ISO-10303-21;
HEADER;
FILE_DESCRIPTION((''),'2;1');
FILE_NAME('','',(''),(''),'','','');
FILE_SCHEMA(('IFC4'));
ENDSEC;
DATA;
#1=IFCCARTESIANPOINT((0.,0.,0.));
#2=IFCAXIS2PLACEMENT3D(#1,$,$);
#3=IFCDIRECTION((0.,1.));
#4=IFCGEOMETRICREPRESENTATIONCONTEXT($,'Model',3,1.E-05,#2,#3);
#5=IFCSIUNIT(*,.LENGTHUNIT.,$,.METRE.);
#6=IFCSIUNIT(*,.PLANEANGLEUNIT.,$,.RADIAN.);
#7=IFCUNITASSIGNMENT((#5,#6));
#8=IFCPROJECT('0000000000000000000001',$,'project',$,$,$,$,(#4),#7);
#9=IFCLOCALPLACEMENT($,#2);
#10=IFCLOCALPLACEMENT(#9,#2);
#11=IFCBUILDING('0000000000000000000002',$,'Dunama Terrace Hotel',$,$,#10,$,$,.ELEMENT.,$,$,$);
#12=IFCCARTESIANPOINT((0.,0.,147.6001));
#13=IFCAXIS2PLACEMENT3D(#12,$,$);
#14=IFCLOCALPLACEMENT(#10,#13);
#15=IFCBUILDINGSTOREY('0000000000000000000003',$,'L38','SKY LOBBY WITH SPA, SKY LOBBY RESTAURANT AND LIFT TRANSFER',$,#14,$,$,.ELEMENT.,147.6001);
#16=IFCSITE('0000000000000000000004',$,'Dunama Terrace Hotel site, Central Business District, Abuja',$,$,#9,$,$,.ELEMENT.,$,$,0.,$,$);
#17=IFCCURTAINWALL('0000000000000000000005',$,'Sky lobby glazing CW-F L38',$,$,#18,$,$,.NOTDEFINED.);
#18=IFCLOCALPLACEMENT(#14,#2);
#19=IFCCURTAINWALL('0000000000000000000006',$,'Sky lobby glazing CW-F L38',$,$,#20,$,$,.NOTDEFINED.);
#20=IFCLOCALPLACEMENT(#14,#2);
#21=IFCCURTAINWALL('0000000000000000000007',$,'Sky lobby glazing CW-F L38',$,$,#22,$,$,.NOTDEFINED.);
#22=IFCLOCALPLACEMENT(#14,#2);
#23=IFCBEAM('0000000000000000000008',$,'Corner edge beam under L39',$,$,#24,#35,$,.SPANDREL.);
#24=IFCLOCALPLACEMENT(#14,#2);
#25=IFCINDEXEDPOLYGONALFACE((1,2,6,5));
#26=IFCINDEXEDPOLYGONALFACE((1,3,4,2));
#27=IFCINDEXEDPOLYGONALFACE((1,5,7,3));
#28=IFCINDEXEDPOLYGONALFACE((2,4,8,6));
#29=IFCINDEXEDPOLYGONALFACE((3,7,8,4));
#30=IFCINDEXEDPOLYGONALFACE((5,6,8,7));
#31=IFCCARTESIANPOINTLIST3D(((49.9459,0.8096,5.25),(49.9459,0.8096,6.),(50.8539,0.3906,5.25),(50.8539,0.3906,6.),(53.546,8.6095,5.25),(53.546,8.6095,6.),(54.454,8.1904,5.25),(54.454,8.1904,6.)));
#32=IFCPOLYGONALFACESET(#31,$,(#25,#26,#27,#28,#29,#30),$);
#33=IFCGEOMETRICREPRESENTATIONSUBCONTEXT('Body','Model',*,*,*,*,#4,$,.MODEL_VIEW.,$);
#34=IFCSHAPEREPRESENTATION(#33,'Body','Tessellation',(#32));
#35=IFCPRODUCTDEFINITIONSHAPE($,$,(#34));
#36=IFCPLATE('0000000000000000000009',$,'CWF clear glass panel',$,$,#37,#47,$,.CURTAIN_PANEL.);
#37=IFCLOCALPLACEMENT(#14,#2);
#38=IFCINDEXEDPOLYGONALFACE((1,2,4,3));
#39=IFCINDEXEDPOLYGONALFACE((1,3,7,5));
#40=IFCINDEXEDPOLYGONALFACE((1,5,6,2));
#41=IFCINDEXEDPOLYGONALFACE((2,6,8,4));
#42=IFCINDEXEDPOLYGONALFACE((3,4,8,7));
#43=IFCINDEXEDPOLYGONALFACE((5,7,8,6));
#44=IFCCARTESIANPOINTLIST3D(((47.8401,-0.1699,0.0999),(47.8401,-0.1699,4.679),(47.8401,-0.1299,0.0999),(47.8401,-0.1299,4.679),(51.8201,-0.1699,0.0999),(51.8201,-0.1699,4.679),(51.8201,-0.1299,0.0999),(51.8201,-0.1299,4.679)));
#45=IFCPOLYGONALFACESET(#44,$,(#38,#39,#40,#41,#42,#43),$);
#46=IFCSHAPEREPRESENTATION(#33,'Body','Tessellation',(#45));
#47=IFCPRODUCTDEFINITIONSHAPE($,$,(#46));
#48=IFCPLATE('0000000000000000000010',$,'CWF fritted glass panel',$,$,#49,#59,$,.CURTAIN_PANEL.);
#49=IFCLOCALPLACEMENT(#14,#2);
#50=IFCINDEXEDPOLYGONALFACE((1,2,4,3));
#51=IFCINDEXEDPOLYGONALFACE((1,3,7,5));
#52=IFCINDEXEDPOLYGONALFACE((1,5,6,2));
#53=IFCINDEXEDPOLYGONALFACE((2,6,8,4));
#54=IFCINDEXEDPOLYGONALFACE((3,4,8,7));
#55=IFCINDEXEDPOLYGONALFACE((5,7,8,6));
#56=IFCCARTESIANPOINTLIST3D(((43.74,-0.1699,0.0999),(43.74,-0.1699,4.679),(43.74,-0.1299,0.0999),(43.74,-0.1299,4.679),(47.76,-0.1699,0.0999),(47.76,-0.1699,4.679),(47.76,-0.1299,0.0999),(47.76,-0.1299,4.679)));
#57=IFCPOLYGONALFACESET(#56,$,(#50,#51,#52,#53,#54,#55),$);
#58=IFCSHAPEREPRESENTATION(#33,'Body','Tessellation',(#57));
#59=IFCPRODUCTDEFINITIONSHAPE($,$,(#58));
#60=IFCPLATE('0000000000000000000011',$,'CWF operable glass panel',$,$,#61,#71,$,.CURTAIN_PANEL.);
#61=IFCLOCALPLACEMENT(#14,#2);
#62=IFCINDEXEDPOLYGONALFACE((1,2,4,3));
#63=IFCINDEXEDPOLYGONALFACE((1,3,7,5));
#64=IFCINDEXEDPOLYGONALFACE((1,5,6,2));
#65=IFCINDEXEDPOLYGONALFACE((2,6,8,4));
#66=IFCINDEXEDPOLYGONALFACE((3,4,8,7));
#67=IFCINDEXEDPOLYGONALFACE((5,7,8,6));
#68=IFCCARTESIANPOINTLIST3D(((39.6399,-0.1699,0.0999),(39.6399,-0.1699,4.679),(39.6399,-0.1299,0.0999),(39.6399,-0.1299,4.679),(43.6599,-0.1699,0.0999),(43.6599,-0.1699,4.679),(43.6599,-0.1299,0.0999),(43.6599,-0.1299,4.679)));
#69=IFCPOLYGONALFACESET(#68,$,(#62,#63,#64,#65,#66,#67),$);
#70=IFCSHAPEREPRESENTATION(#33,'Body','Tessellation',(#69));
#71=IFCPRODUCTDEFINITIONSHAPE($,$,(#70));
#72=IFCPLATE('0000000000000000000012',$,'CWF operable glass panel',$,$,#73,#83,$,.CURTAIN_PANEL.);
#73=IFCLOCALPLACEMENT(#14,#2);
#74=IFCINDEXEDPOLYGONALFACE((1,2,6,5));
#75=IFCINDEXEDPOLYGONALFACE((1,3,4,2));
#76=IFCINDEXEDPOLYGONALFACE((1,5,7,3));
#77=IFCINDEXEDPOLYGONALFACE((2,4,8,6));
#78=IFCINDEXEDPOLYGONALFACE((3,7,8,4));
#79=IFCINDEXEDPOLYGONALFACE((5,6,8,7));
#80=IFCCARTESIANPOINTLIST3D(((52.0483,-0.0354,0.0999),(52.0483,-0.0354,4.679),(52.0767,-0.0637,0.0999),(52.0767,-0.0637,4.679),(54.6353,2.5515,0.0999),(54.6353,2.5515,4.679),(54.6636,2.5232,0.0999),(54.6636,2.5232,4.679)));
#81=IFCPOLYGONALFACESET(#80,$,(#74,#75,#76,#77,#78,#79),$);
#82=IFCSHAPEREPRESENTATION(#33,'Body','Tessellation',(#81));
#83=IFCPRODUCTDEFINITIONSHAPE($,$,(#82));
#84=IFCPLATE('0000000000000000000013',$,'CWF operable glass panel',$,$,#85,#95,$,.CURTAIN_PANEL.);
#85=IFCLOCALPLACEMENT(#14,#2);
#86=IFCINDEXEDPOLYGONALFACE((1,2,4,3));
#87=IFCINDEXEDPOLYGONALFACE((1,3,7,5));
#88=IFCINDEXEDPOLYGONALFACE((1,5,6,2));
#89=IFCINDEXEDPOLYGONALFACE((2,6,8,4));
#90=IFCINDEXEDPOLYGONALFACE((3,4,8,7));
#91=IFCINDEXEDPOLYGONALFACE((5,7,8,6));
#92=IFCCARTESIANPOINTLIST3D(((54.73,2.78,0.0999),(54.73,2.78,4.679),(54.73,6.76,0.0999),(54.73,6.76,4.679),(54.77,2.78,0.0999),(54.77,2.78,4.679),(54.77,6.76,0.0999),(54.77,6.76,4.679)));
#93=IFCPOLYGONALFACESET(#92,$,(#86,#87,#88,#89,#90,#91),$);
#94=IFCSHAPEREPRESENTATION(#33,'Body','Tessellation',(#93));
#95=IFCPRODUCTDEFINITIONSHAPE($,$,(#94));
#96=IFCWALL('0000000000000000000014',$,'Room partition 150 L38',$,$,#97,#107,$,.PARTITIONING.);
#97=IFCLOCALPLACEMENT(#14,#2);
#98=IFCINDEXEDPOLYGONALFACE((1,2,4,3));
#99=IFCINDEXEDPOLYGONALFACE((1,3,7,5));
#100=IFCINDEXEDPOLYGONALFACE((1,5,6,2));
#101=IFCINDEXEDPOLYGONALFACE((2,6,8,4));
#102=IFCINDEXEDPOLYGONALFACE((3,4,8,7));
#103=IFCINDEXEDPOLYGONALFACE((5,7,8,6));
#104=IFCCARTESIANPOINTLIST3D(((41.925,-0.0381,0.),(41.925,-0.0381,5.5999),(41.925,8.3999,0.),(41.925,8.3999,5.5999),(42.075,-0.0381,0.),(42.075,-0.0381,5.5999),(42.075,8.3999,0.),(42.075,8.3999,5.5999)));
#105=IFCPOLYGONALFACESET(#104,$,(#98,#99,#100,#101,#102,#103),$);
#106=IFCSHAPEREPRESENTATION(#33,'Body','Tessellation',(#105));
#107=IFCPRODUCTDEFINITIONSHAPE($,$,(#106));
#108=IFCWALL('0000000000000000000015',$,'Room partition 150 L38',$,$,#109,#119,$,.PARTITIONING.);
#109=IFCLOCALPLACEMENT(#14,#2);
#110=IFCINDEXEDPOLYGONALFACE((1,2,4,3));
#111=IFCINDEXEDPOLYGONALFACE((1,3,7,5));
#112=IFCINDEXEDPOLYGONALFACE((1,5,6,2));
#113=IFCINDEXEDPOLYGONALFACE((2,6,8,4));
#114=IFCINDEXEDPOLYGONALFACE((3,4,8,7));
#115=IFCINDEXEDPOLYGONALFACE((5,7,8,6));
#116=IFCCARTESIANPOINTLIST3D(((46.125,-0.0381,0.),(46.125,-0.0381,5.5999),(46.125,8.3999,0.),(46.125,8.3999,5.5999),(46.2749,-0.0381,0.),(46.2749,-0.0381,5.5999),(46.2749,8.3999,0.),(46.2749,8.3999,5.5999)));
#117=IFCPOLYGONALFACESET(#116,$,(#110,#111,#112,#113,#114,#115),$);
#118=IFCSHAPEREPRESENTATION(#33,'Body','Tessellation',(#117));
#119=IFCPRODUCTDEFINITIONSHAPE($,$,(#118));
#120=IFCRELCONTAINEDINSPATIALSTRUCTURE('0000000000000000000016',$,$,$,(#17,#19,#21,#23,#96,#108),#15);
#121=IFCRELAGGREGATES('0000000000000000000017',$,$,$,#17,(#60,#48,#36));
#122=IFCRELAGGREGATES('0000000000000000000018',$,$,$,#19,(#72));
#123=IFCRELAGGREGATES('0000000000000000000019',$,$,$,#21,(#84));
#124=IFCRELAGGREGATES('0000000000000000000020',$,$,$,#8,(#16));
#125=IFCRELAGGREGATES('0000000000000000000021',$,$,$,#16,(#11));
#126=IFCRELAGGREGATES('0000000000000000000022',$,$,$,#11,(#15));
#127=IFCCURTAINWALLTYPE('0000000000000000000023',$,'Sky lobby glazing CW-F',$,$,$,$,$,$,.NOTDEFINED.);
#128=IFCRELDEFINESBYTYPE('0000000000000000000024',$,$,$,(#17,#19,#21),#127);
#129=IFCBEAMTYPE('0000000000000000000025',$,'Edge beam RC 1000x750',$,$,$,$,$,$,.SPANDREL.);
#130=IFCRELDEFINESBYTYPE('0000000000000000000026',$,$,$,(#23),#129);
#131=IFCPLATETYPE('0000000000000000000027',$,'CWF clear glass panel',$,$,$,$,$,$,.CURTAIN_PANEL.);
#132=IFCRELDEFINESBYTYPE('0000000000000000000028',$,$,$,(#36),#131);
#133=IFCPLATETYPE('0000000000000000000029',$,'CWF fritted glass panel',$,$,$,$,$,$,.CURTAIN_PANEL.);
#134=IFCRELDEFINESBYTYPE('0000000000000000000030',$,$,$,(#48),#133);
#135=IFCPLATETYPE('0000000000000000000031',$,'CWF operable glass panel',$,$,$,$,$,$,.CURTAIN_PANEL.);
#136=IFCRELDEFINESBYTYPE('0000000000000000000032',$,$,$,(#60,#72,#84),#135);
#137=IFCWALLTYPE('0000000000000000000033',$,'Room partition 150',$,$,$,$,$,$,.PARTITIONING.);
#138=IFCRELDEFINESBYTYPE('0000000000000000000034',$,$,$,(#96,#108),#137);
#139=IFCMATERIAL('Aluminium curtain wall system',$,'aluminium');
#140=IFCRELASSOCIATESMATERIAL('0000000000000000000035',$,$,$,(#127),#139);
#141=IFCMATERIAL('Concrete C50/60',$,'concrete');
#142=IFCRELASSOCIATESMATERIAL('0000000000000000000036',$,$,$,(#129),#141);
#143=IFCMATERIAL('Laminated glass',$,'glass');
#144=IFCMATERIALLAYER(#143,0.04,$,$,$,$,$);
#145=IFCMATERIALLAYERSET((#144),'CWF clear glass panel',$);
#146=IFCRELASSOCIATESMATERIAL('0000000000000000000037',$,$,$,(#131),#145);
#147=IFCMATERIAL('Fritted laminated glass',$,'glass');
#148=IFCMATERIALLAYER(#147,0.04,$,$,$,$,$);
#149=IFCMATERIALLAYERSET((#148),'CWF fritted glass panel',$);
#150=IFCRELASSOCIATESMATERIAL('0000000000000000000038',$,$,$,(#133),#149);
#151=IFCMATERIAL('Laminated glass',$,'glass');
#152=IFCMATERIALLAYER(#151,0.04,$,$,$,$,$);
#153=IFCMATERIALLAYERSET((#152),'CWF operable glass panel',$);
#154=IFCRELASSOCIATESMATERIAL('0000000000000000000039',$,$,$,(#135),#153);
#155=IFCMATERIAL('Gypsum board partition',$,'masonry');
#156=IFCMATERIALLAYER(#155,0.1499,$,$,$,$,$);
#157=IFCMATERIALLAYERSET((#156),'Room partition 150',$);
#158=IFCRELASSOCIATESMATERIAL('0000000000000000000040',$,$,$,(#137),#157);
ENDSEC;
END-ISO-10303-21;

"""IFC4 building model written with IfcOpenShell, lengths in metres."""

from ifc_helpers import new_model, si_unit, direction, frame, frame_2d, origin, origin_2d, place, context, subcontext, project, spatial, rectangle, extrude, material, layer, layer_set, material_profile, profile_set, type_object, element, aggregate, save


model = new_model("IFC4")

# Units and contexts
model_context = context("Model", 3, precision=1e-05, world=origin(), true_north=direction((0.0, 1.0)))
body_context = subcontext(model_context, "Body", "Model", "MODEL_VIEW")
ifc_project = project(units=[si_unit("LENGTHUNIT", "METRE"), si_unit("PLANEANGLEUNIT", "RADIAN")], contexts=[model_context])

# Site, building, storey
site_placement = place(None, origin())
site = spatial("IfcSite", under=ifc_project, at=site_placement, Name="Dunama Terrace Hotel site, Central Business District, Abuja", CompositionType="ELEMENT", RefElevation=0.0)
building_placement = place(site_placement, origin())
building = spatial("IfcBuilding", under=site, at=building_placement, Name="Dunama Terrace Hotel", CompositionType="ELEMENT")
storey_placement = place(building_placement, frame((0.0, 0.0, 147.6001)))
storey = spatial("IfcBuildingStorey", under=building, at=storey_placement, Name="L38", Description="SKY LOBBY WITH SPA, SKY LOBBY RESTAURANT AND LIFT TRANSFER", CompositionType="ELEMENT", Elevation=147.6001)

# Curtain walls
ifc_material_1 = material(Name="Aluminium curtain wall system", Category="aluminium")
curtain_wall_type = type_object("IfcCurtainWallType", Name="Sky lobby glazing CW-F", PredefinedType="NOTDEFINED", material=ifc_material_1)
curtain_wall_1_placement = place(storey_placement, origin())
curtain_wall_1 = element("IfcCurtainWall", 1, at=curtain_wall_1_placement, inside=storey, type_object=curtain_wall_type, Name="Sky lobby glazing CW-F L38", PredefinedType="NOTDEFINED")
curtain_wall_2_placement = place(storey_placement, origin())
curtain_wall_2 = element("IfcCurtainWall", 2, at=curtain_wall_2_placement, inside=storey, type_object=curtain_wall_type, Name="Sky lobby glazing CW-F L38", PredefinedType="NOTDEFINED")

# Curtain wall
curtain_wall_3_placement = place(storey_placement, origin())
curtain_wall_3 = element("IfcCurtainWall", 3, at=curtain_wall_3_placement, inside=storey, type_object=curtain_wall_type, Name="Sky lobby glazing CW-F L38", PredefinedType="NOTDEFINED")

# Beam
ifc_material_2 = material(Name="Concrete C50/60", Category="concrete")
ifc_material_profile_1 = material_profile(ifc_material_2, rectangle(XDim=1.0, YDim=0.75, at=origin_2d()), Name="RC 1000x750")
ifc_profile_set_1 = profile_set([ifc_material_profile_1], Name="Concrete C50/60")
beam_type = type_object("IfcBeamType", Name="Edge beam RC 1000x750", PredefinedType="SPANDREL", material=ifc_profile_set_1)
beam_placement = place(storey_placement, frame((50.3999, 0.6001, 5.625), z_axis=(0.419076, 0.907951, 0.0), x_axis=(-0.907951, 0.419076, 0.0)))
element("IfcBeam", 4, at=beam_placement, inside=storey, type_object=beam_type, Name="Corner edge beam under L39", PredefinedType="SPANDREL", context=body_context, shape_type="SweptSolid", body=[
    extrude(rectangle(XDim=1.0, YDim=0.75, at=origin_2d()), origin(), (0.0, 0.0, 1.0), 8.5906),
])

# Plates
ifc_material_3 = material(Name="Laminated glass", Category="glass")
ifc_layer_1 = layer(ifc_material_3, 0.04)
ifc_layer_set_1 = layer_set([ifc_layer_1], Name="CWF clear glass panel")
plate_type_1 = type_object("IfcPlateType", Name="CWF clear glass panel", PredefinedType="CURTAIN_PANEL", material=ifc_layer_set_1)
plate_1_placement = place(storey_placement, frame((49.8301, -0.1499, 0.0999), z_axis=(0.0, 0.0, 1.0), x_axis=(1.0, 0.0, 0.0)))
plate_1 = element("IfcPlate", 5, at=plate_1_placement, type_object=plate_type_1, Name="CWF clear glass panel", PredefinedType="CURTAIN_PANEL", context=body_context, shape_type="SweptSolid", body=[
    extrude(rectangle(XDim=3.98, YDim=0.04, at=origin_2d()), origin(), (0.0, 0.0, 1.0), 4.5791),
])
ifc_material_4 = material(Name="Fritted laminated glass", Category="glass")
ifc_layer_2 = layer(ifc_material_4, 0.04)
ifc_layer_set_2 = layer_set([ifc_layer_2], Name="CWF fritted glass panel")
plate_type_2 = type_object("IfcPlateType", Name="CWF fritted glass panel", PredefinedType="CURTAIN_PANEL", material=ifc_layer_set_2)
plate_2_placement = place(storey_placement, frame((45.75, -0.1499, 0.0999), z_axis=(0.0, 0.0, 1.0), x_axis=(1.0, 0.0, 0.0)))
plate_2 = element("IfcPlate", 6, at=plate_2_placement, type_object=plate_type_2, Name="CWF fritted glass panel", PredefinedType="CURTAIN_PANEL", context=body_context, shape_type="SweptSolid", body=[
    extrude(rectangle(XDim=4.02, YDim=0.04, at=origin_2d()), origin(), (0.0, 0.0, 1.0), 4.5791),
])
ifc_material_5 = material(Name="Laminated glass", Category="glass")
ifc_layer_3 = layer(ifc_material_5, 0.04)
ifc_layer_set_3 = layer_set([ifc_layer_3], Name="CWF operable glass panel")
plate_type_3 = type_object("IfcPlateType", Name="CWF operable glass panel", PredefinedType="CURTAIN_PANEL", material=ifc_layer_set_3)
plate_3_placement = place(storey_placement, frame((41.6499, -0.1499, 0.0999), z_axis=(0.0, 0.0, 1.0), x_axis=(1.0, 0.0, 0.0)))
plate_3 = element("IfcPlate", 7, at=plate_3_placement, type_object=plate_type_3, Name="CWF operable glass panel", PredefinedType="CURTAIN_PANEL", context=body_context, shape_type="SweptSolid", body=[
    extrude(rectangle(XDim=4.02, YDim=0.04, at=origin_2d()), origin(), (0.0, 0.0, 1.0), 4.5791),
])
aggregate(curtain_wall_1, [plate_3, plate_2, plate_1])
plate_4_placement = place(storey_placement, frame((53.356, 1.2439, 0.0999), z_axis=(0.0, 0.0, 1.0), x_axis=(0.707107, 0.707107, 0.0)))
plate_4 = element("IfcPlate", 8, at=plate_4_placement, type_object=plate_type_3, Name="CWF operable glass panel", PredefinedType="CURTAIN_PANEL", context=body_context, shape_type="SweptSolid", body=[
    extrude(rectangle(XDim=3.6584, YDim=0.04, at=origin_2d()), origin(), (0.0, 0.0, 1.0), 4.5791),
])
aggregate(curtain_wall_2, [plate_4])
plate_5_placement = place(storey_placement, frame((54.75, 4.77, 0.0999), z_axis=(0.0, 0.0, 1.0), x_axis=(0.0, 1.0, 0.0)))
plate_5 = element("IfcPlate", 9, at=plate_5_placement, type_object=plate_type_3, Name="CWF operable glass panel", PredefinedType="CURTAIN_PANEL", context=body_context, shape_type="SweptSolid", body=[
    extrude(rectangle(XDim=3.98, YDim=0.04, at=origin_2d()), origin(), (0.0, 0.0, 1.0), 4.5791),
])
aggregate(curtain_wall_3, [plate_5])

# Walls
ifc_material_6 = material(Name="Gypsum board partition", Category="masonry")
ifc_layer_4 = layer(ifc_material_6, 0.1499)
ifc_layer_set_4 = layer_set([ifc_layer_4], Name="Room partition 150")
wall_type = type_object("IfcWallType", Name="Room partition 150", PredefinedType="PARTITIONING", material=ifc_layer_set_4)
for number, where, z_axis, x_axis, name in (
    (10, (42.0, -0.0381, 0.0), (0.0, 0.0, 1.0), (0.0, 1.0, 0.0), "Room partition 150 L38"),
    (11, (46.2, -0.0381, 0.0), (0.0, 0.0, 1.0), (0.0, 1.0, 0.0), "Room partition 150 L38"),
):
    element("IfcWall", number, at=place(storey_placement, frame(where, z_axis=z_axis, x_axis=x_axis)), inside=storey, type_object=wall_type, Name=name, PredefinedType="PARTITIONING", context=body_context, shape_type="SweptSolid", body=[
        extrude(rectangle(XDim=8.438, YDim=0.1499, at=frame_2d((4.219, 0.0))), origin(), (0.0, 0.0, 1.0), 5.5999),
    ])

save(model, "model.ifc")
